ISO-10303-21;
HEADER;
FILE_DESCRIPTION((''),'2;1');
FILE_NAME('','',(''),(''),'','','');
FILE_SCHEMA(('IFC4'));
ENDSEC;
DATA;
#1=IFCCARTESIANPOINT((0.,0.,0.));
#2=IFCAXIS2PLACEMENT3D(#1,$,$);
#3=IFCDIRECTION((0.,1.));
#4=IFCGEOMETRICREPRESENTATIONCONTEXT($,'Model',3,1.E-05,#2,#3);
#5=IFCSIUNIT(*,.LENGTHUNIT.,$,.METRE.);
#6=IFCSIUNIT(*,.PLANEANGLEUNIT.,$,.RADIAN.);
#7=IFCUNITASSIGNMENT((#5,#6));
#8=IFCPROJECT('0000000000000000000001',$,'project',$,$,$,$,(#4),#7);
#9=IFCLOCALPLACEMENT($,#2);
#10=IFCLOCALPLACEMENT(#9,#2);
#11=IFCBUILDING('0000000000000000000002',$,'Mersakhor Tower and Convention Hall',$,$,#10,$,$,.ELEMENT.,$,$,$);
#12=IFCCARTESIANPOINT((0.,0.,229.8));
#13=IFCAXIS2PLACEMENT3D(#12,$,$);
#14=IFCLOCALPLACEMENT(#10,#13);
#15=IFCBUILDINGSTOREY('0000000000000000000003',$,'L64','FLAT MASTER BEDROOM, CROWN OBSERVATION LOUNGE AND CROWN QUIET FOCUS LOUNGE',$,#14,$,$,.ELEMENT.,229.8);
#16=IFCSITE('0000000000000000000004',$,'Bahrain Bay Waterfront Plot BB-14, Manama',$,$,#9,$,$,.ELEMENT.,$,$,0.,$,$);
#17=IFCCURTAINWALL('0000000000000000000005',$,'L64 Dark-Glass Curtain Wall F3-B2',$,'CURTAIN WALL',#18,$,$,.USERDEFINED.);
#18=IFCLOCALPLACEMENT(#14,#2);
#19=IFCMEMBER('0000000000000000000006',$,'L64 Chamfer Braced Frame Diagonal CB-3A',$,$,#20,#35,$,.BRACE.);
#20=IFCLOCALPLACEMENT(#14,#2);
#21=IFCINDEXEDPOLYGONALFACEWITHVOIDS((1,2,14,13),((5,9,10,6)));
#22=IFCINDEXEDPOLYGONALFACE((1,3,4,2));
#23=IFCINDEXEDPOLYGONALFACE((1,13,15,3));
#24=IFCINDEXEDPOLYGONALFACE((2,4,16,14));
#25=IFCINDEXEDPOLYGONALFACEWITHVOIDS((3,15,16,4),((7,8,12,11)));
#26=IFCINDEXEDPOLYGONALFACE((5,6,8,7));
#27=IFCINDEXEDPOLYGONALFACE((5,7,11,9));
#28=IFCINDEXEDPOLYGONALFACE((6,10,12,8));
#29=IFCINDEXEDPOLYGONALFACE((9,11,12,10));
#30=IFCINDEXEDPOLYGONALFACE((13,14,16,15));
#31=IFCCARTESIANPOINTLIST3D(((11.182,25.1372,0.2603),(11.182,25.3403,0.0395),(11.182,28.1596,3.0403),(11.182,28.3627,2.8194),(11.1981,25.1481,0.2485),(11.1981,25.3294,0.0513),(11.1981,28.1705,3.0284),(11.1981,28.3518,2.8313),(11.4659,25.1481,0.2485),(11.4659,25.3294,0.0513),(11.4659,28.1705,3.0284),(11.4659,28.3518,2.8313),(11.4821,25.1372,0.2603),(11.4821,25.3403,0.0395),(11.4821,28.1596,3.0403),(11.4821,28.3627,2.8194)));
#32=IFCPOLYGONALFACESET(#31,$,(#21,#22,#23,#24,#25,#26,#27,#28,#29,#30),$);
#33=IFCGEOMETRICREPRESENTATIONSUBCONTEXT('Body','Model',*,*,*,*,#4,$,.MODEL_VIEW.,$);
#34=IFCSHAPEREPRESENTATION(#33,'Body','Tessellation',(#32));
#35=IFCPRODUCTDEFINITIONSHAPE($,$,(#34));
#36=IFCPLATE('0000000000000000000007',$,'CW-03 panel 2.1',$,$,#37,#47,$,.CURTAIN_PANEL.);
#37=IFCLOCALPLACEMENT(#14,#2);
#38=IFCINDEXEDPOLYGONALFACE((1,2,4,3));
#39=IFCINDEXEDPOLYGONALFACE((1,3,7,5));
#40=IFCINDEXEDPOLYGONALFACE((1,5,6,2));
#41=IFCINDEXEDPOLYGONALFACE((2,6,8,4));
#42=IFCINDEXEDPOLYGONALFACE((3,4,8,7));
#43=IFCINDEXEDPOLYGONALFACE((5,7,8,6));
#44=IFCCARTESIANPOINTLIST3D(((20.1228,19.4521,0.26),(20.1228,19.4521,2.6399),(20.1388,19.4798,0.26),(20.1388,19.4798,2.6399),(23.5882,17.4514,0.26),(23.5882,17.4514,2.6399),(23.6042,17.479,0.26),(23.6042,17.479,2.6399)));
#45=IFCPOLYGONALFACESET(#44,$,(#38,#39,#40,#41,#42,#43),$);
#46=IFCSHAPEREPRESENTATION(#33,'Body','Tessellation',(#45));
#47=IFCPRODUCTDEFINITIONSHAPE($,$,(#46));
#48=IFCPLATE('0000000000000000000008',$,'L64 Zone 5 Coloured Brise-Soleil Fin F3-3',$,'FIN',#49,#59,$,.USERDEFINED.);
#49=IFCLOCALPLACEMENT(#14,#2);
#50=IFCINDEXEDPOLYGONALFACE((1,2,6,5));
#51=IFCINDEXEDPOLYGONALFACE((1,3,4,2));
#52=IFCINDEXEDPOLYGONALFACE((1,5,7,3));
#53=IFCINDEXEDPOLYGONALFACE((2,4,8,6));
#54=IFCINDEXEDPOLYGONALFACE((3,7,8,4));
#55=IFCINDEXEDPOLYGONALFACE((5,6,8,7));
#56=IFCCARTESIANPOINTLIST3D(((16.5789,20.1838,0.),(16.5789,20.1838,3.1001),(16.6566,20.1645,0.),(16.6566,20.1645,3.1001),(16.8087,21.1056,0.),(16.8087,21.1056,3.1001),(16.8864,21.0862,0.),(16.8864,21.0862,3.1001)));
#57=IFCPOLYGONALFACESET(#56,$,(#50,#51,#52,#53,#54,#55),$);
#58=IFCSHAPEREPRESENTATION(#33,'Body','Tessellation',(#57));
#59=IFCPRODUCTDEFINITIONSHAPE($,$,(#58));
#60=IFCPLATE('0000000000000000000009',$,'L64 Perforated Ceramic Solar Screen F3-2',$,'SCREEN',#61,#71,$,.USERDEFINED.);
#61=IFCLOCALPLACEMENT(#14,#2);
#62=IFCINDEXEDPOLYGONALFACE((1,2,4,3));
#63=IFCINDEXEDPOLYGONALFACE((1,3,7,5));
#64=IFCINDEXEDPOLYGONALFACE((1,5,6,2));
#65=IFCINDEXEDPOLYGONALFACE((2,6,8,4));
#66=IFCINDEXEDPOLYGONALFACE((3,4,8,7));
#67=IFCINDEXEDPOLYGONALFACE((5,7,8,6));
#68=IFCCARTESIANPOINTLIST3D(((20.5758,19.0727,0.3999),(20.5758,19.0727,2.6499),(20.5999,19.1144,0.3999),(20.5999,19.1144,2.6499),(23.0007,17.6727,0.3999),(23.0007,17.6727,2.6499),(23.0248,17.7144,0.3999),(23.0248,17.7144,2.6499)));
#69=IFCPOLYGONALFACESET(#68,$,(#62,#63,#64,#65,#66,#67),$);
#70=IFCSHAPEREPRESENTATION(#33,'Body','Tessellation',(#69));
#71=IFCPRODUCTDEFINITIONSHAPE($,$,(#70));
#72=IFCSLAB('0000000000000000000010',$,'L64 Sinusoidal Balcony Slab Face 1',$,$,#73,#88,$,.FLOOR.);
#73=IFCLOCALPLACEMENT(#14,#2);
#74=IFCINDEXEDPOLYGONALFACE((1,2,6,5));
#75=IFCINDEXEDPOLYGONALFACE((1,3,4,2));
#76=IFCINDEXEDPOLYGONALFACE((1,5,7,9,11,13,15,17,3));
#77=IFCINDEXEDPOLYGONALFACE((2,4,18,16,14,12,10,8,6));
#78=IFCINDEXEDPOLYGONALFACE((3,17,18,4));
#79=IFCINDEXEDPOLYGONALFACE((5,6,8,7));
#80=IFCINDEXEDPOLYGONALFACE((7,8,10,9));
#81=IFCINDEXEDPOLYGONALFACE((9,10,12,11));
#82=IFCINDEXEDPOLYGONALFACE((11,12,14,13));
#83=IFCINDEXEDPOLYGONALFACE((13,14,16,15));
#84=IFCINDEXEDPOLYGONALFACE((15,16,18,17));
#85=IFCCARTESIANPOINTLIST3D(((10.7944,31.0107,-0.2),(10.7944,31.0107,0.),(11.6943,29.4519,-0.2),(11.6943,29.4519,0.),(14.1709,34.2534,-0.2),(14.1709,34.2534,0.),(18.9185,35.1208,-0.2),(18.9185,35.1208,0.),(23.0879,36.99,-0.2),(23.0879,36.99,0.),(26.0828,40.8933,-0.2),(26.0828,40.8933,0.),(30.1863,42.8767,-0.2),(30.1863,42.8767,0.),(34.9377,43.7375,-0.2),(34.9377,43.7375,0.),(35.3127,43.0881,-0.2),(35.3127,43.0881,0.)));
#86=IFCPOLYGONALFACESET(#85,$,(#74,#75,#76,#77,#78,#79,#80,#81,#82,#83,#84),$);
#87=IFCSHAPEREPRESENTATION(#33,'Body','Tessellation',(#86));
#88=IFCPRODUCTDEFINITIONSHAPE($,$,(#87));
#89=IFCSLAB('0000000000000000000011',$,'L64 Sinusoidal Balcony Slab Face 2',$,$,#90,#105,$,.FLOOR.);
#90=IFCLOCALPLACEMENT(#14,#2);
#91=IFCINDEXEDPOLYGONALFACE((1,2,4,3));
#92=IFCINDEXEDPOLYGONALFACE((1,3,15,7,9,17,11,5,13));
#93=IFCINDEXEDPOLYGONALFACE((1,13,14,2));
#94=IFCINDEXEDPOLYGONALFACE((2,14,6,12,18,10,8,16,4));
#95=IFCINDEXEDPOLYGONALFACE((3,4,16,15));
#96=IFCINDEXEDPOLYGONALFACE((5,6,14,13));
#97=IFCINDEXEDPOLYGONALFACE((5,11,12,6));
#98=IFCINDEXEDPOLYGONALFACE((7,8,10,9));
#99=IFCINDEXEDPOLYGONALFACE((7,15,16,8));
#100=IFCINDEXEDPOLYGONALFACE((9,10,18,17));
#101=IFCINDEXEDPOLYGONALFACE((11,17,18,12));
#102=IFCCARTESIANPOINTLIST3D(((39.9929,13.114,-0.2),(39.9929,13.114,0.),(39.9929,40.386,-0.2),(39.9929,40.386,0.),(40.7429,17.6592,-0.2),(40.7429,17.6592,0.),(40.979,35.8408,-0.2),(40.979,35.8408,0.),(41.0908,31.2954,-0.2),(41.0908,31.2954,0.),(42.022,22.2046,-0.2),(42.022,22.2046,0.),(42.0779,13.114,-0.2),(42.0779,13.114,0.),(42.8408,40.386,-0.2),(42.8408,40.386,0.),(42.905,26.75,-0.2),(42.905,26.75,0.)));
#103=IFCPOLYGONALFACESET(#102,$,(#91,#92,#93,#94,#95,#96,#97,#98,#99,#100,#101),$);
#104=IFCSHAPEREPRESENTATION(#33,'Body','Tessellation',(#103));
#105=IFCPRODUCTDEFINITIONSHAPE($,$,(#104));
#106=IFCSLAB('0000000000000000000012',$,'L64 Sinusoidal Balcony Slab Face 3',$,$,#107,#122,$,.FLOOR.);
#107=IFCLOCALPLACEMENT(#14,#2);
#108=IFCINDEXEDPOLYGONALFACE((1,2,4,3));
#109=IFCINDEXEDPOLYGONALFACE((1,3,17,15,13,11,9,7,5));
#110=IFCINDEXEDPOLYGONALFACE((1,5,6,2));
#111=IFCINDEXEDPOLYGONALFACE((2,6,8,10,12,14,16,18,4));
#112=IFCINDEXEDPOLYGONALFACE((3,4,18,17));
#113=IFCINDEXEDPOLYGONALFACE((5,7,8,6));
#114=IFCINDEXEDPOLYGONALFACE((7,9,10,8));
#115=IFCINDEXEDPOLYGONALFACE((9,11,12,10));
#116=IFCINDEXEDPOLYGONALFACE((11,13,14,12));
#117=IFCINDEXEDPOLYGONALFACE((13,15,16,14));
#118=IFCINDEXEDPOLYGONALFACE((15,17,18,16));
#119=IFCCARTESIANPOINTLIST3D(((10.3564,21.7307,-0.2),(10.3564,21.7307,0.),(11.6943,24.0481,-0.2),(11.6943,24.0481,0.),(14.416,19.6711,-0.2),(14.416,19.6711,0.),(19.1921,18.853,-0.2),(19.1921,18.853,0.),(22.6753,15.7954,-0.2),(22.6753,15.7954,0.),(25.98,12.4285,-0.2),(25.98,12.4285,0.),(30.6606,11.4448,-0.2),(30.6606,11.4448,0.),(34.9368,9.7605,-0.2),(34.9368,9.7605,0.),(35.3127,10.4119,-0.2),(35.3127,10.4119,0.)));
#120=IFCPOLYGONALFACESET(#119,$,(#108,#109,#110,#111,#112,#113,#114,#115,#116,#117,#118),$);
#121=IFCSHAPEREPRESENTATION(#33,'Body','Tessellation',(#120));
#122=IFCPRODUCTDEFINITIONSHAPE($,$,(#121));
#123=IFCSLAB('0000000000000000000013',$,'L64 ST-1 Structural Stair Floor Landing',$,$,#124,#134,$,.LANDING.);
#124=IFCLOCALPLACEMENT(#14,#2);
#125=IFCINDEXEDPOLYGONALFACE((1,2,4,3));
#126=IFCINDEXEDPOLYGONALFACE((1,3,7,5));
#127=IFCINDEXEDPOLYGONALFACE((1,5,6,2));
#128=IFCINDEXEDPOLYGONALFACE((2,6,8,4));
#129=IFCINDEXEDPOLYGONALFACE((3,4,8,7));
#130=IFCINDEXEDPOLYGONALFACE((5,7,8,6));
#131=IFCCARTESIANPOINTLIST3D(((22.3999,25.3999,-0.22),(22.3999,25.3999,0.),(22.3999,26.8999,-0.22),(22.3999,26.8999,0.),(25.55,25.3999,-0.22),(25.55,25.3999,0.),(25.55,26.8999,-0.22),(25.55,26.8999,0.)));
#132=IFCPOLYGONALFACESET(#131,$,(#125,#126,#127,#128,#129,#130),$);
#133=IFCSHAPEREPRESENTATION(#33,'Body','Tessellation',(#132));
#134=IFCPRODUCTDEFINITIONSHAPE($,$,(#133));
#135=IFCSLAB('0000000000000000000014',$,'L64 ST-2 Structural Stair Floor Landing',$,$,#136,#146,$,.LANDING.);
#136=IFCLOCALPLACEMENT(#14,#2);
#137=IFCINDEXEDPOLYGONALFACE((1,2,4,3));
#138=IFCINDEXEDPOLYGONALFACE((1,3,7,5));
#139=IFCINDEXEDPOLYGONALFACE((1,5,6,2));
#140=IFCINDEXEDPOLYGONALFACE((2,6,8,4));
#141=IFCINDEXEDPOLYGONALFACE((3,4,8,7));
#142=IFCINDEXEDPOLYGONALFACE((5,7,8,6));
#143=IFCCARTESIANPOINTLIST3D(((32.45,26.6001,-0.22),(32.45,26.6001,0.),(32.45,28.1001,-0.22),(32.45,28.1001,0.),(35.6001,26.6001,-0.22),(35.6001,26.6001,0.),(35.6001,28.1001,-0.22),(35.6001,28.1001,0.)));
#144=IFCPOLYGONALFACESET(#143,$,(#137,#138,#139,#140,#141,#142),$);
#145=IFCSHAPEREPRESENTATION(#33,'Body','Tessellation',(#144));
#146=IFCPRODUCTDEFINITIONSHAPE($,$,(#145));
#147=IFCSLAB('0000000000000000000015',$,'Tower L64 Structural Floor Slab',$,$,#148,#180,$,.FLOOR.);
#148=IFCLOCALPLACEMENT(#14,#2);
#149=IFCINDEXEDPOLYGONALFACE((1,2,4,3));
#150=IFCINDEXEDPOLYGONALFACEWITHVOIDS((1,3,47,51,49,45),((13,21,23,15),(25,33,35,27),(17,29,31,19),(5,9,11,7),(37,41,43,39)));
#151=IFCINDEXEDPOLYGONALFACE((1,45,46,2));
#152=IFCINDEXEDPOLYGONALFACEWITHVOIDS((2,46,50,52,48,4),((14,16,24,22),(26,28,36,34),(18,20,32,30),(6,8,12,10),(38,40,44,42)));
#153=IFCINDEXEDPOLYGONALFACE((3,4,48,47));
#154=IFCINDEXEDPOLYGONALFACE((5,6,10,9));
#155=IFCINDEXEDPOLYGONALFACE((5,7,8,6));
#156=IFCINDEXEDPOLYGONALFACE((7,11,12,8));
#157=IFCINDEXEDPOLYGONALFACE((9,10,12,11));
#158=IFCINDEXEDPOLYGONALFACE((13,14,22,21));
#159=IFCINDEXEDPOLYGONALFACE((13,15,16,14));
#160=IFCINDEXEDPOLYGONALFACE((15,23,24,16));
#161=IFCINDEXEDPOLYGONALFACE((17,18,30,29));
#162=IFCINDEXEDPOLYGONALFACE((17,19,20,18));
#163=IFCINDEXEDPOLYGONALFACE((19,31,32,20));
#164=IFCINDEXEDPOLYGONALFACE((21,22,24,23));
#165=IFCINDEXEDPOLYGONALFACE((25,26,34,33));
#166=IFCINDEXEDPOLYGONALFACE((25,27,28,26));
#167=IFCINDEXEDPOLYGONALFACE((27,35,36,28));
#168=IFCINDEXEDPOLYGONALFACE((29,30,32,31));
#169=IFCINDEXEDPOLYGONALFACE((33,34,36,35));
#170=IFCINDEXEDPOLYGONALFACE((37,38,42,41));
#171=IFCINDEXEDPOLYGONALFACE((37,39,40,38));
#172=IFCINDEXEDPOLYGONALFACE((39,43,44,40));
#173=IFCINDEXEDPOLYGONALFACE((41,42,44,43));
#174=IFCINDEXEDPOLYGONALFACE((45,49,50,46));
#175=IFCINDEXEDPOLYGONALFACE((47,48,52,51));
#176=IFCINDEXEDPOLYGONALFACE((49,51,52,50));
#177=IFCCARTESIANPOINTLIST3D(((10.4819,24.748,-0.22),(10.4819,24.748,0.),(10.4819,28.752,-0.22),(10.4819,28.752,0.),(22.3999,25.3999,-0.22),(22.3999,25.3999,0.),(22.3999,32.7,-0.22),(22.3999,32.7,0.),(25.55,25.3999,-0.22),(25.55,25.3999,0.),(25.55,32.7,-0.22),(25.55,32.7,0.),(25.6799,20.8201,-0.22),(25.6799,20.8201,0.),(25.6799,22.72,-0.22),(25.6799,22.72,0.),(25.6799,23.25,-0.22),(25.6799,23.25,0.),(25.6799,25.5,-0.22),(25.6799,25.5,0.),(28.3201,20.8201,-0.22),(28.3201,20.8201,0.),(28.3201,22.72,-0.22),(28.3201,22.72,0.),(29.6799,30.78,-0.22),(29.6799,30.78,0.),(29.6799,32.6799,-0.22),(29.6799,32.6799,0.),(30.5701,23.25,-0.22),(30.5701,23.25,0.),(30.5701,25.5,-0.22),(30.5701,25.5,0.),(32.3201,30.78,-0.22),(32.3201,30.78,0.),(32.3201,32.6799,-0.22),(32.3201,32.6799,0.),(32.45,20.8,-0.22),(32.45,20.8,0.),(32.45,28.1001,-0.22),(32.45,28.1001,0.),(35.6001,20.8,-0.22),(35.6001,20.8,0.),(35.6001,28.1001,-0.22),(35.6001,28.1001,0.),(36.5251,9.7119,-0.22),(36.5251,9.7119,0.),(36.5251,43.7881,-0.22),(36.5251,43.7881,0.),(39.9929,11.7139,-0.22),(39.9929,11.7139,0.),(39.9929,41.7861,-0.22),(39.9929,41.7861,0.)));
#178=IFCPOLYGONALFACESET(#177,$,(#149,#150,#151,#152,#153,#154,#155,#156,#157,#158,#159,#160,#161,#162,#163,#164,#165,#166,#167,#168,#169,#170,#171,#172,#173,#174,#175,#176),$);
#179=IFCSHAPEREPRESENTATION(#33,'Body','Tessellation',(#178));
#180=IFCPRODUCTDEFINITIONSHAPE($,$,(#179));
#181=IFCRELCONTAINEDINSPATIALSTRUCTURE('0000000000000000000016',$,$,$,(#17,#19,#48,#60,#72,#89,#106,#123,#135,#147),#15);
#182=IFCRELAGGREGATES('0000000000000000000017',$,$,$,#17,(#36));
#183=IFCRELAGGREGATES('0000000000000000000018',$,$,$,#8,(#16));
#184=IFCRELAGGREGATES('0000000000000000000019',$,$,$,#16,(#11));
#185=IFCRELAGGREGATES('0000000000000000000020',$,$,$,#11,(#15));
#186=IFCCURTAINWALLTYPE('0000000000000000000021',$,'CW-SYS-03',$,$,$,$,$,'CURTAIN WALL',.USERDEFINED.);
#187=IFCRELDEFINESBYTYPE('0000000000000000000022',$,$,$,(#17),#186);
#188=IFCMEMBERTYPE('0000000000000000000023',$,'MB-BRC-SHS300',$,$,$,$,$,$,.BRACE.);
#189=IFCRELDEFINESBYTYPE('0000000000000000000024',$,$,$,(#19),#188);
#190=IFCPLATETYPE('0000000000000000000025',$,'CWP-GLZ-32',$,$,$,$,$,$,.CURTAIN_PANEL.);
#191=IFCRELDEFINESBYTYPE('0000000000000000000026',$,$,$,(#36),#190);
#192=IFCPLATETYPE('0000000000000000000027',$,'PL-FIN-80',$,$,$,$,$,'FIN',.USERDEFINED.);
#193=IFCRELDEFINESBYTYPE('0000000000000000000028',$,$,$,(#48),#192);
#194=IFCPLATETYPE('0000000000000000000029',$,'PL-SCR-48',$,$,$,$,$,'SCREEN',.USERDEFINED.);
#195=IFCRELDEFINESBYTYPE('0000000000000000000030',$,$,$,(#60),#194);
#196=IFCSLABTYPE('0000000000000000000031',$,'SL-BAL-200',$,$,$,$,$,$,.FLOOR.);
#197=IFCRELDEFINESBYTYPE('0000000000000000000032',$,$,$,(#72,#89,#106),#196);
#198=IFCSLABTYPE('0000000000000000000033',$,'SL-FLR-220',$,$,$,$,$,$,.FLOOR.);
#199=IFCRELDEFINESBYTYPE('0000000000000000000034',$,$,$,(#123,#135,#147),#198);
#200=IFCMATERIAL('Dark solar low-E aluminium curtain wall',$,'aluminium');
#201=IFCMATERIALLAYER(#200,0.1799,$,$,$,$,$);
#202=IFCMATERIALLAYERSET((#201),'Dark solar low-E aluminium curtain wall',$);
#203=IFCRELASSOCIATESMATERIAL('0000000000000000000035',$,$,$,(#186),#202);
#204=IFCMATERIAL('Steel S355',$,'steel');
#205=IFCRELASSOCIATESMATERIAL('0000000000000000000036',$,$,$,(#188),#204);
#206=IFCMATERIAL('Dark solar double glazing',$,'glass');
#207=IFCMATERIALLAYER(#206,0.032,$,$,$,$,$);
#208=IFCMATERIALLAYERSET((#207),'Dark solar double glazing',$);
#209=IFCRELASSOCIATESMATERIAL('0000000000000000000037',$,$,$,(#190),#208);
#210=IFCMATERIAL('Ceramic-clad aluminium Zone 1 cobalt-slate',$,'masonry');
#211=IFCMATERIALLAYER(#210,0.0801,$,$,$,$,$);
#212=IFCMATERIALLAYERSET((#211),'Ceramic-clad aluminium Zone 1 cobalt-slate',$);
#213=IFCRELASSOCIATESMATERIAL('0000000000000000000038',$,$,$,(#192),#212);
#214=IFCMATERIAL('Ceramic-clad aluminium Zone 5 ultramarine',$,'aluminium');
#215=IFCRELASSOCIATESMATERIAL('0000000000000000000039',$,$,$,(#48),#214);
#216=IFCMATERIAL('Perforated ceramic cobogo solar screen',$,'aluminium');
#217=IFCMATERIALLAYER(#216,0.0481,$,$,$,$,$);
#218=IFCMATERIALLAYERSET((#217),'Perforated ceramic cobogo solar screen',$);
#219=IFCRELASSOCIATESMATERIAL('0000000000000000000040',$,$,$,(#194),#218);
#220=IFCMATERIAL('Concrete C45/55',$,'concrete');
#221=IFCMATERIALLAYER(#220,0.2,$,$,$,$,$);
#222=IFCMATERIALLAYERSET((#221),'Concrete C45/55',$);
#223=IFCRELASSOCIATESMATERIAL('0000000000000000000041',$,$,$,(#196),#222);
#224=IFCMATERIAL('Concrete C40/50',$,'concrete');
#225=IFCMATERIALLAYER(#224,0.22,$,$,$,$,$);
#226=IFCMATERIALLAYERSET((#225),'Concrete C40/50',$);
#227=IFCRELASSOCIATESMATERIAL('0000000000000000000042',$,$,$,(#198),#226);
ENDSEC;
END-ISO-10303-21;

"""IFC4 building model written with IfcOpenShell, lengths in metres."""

from ifc_helpers import new_model, si_unit, direction, frame, origin, origin_2d, place, context, subcontext, project, spatial, polyline, rectangle, hollow_rectangle, outline, extrude, material, layer, layer_set, material_profile, profile_set, type_object, element, aggregate, save


model = new_model("IFC4")

# Units and contexts
model_context = context("Model", 3, precision=1e-05, world=origin(), true_north=direction((0.0, 1.0)))
body_context = subcontext(model_context, "Body", "Model", "MODEL_VIEW")
ifc_project = project(units=[si_unit("LENGTHUNIT", "METRE"), si_unit("PLANEANGLEUNIT", "RADIAN")], contexts=[model_context])

# Site, building, storey
site_placement = place(None, origin())
site = spatial("IfcSite", under=ifc_project, at=site_placement, Name="Bahrain Bay Waterfront Plot BB-14, Manama", CompositionType="ELEMENT", RefElevation=0.0)
building_placement = place(site_placement, origin())
building = spatial("IfcBuilding", under=site, at=building_placement, Name="Mersakhor Tower and Convention Hall", CompositionType="ELEMENT")
storey_placement = place(building_placement, frame((0.0, 0.0, 229.8)))
storey = spatial("IfcBuildingStorey", under=building, at=storey_placement, Name="L64", Description="FLAT MASTER BEDROOM, CROWN OBSERVATION LOUNGE AND CROWN QUIET FOCUS LOUNGE", CompositionType="ELEMENT", Elevation=229.8)

# Curtain wall
ifc_material_1 = material(Name="Dark solar low-E aluminium curtain wall", Category="aluminium")
ifc_layer_1 = layer(ifc_material_1, 0.1799)
ifc_layer_set_1 = layer_set([ifc_layer_1], Name="Dark solar low-E aluminium curtain wall")
curtain_wall_type = type_object("IfcCurtainWallType", Name="CW-SYS-03", ElementType="CURTAIN WALL", PredefinedType="USERDEFINED", material=ifc_layer_set_1)
curtain_wall_placement = place(storey_placement, origin())
curtain_wall = element("IfcCurtainWall", 1, at=curtain_wall_placement, inside=storey, type_object=curtain_wall_type, Name="L64 Dark-Glass Curtain Wall F3-B2", ObjectType="CURTAIN WALL", PredefinedType="USERDEFINED")

# Member
ifc_material_2 = material(Name="Steel S355", Category="steel")
ifc_material_profile_1 = material_profile(ifc_material_2, hollow_rectangle(XDim=0.3, YDim=0.3, WallThickness=0.0161, at=origin_2d()), Name="SHS 300x300x16")
ifc_profile_set_1 = profile_set([ifc_material_profile_1], Name="Steel S355")
member_type_1 = type_object("IfcMemberType", Name="MB-BRC-SHS300", PredefinedType="BRACE", material=ifc_profile_set_1)
member_1_placement = place(storey_placement, frame((11.332, 25.2388, 0.1499), z_axis=(0.0, 0.736008, 0.676973), x_axis=(-1.0, 0.0, 0.0)))
element("IfcMember", 2, at=member_1_placement, inside=storey, type_object=member_type_1, Name="L64 Chamfer Braced Frame Diagonal CB-3A", PredefinedType="BRACE", context=body_context, shape_type="SweptSolid", body=[
    extrude(hollow_rectangle(XDim=0.3, YDim=0.3, WallThickness=0.0161, at=origin_2d()), origin(), (0.0, 0.0, 1.0), 4.1064),
])

# Plate
ifc_material_3 = material(Name="Dark solar double glazing", Category="glass")
ifc_layer_2 = layer(ifc_material_3, 0.032)
ifc_layer_set_2 = layer_set([ifc_layer_2], Name="Dark solar double glazing")
plate_type_1 = type_object("IfcPlateType", Name="CWP-GLZ-32", PredefinedType="CURTAIN_PANEL", material=ifc_layer_set_2)
plate_1_placement = place(storey_placement, frame((21.8635, 18.4656, 0.26), z_axis=(0.0, 0.0, 1.0), x_axis=(-0.866023, 0.500004, 0.0)))
plate_1 = element("IfcPlate", 3, at=plate_1_placement, type_object=plate_type_1, Name="CW-03 panel 2.1", PredefinedType="CURTAIN_PANEL", context=body_context, shape_type="SweptSolid", body=[
    extrude(rectangle(XDim=4.0015, YDim=0.032, at=origin_2d()), origin(), (0.0, 0.0, 1.0), 2.3799),
])
aggregate(curtain_wall, [plate_1])

# Plates
ifc_material_4 = material(Name="Ceramic-clad aluminium Zone 5 ultramarine", Category="aluminium")
ifc_material_5 = material(Name="Ceramic-clad aluminium Zone 1 cobalt-slate", Category="masonry")
ifc_layer_3 = layer(ifc_material_5, 0.0801)
ifc_layer_set_3 = layer_set([ifc_layer_3], Name="Ceramic-clad aluminium Zone 1 cobalt-slate")
plate_type_2 = type_object("IfcPlateType", Name="PL-FIN-80", ElementType="FIN", PredefinedType="USERDEFINED", material=ifc_layer_set_3)
plate_2_placement = place(storey_placement, frame((16.7327, 20.635, 0.0), z_axis=(0.0, 0.0, 1.0), x_axis=(-0.241922, -0.970296, 0.0)))
element("IfcPlate", 4, at=plate_2_placement, inside=storey, type_object=plate_type_2, material=ifc_material_4, Name="L64 Zone 5 Coloured Brise-Soleil Fin F3-3", ObjectType="FIN", PredefinedType="USERDEFINED", context=body_context, shape_type="SweptSolid", body=[
    extrude(rectangle(XDim=0.95, YDim=0.0801, at=origin_2d()), origin(), (0.0, 0.0, 1.0), 3.1001),
])
ifc_material_6 = material(Name="Perforated ceramic cobogo solar screen", Category="aluminium")
ifc_layer_4 = layer(ifc_material_6, 0.0481)
ifc_layer_set_4 = layer_set([ifc_layer_4], Name="Perforated ceramic cobogo solar screen")
plate_type_3 = type_object("IfcPlateType", Name="PL-SCR-48", ElementType="SCREEN", PredefinedType="USERDEFINED", material=ifc_layer_set_4)
plate_3_placement = place(storey_placement, frame((21.8003, 18.3936, 0.3999), z_axis=(0.0, 0.0, 1.0), x_axis=(-0.866025, 0.5, 0.0)))
element("IfcPlate", 5, at=plate_3_placement, inside=storey, type_object=plate_type_3, Name="L64 Perforated Ceramic Solar Screen F3-2", ObjectType="SCREEN", PredefinedType="USERDEFINED", context=body_context, shape_type="SweptSolid", body=[
    extrude(rectangle(XDim=2.8, YDim=0.0481, at=origin_2d()), origin(), (0.0, 0.0, 1.0), 2.25),
])

# Slabs
ifc_material_7 = material(Name="Concrete C45/55", Category="concrete")
ifc_layer_5 = layer(ifc_material_7, 0.2)
ifc_layer_set_5 = layer_set([ifc_layer_5], Name="Concrete C45/55")
slab_type_1 = type_object("IfcSlabType", Name="SL-BAL-200", PredefinedType="FLOOR", material=ifc_layer_set_5)
slab_1_placement = place(storey_placement, frame((0.0, 0.0, -0.2)))
element("IfcSlab", 6, at=slab_1_placement, inside=storey, type_object=slab_type_1, Name="L64 Sinusoidal Balcony Slab Face 1", PredefinedType="FLOOR", context=body_context, shape_type="SweptSolid", body=[
    extrude(outline(polyline([(11.6943, 29.4519), (35.3127, 43.0881), (34.9377, 43.7375), (30.1863, 42.8767), (26.0828, 40.8933), (23.0879, 36.99), (18.9185, 35.1208), (14.1709, 34.2534), (10.7944, 31.0107), (11.6943, 29.4519)])), origin(), (0.0, 0.0, 1.0), 0.2),
])
slab_2_placement = place(storey_placement, frame((0.0, 0.0, -0.2)))
element("IfcSlab", 7, at=slab_2_placement, inside=storey, type_object=slab_type_1, Name="L64 Sinusoidal Balcony Slab Face 2", PredefinedType="FLOOR", context=body_context, shape_type="SweptSolid", body=[
    extrude(outline(polyline([(39.9929, 40.386), (39.9929, 13.114), (42.0779, 13.114), (40.7429, 17.6592), (42.022, 22.2046), (42.905, 26.75), (41.0908, 31.2954), (40.979, 35.8408), (42.8408, 40.386), (39.9929, 40.386)])), origin(), (0.0, 0.0, 1.0), 0.2),
])
slab_3_placement = place(storey_placement, frame((0.0, 0.0, -0.2)))
element("IfcSlab", 8, at=slab_3_placement, inside=storey, type_object=slab_type_1, Name="L64 Sinusoidal Balcony Slab Face 3", PredefinedType="FLOOR", context=body_context, shape_type="SweptSolid", body=[
    extrude(outline(polyline([(35.3127, 10.4119), (11.6943, 24.0481), (10.3564, 21.7307), (14.416, 19.6711), (19.1921, 18.853), (22.6753, 15.7954), (25.98, 12.4285), (30.6606, 11.4448), (34.9368, 9.7605), (35.3127, 10.4119)])), origin(), (0.0, 0.0, 1.0), 0.2),
])
ifc_material_8 = material(Name="Concrete C40/50", Category="concrete")
ifc_layer_6 = layer(ifc_material_8, 0.22)
ifc_layer_set_6 = layer_set([ifc_layer_6], Name="Concrete C40/50")
slab_type_2 = type_object("IfcSlabType", Name="SL-FLR-220", PredefinedType="FLOOR", material=ifc_layer_set_6)
slab_4_placement = place(storey_placement, frame((0.0, 0.0, -0.22)))
element("IfcSlab", 9, at=slab_4_placement, inside=storey, type_object=slab_type_2, Name="L64 ST-1 Structural Stair Floor Landing", PredefinedType="LANDING", context=body_context, shape_type="SweptSolid", body=[
    extrude(outline(polyline([(25.55, 25.3999), (25.55, 26.8999), (22.3999, 26.8999), (22.3999, 25.3999), (25.55, 25.3999)])), origin(), (0.0, 0.0, 1.0), 0.22),
])
slab_5_placement = place(storey_placement, frame((0.0, 0.0, -0.22)))
element("IfcSlab", 10, at=slab_5_placement, inside=storey, type_object=slab_type_2, Name="L64 ST-2 Structural Stair Floor Landing", PredefinedType="LANDING", context=body_context, shape_type="SweptSolid", body=[
    extrude(outline(polyline([(32.45, 28.1001), (32.45, 26.6001), (35.6001, 26.6001), (35.6001, 28.1001), (32.45, 28.1001)])), origin(), (0.0, 0.0, 1.0), 0.22),
])
slab_6_placement = place(storey_placement, frame((0.0, 0.0, -0.22)))
element("IfcSlab", 11, at=slab_6_placement, inside=storey, type_object=slab_type_2, Name="Tower L64 Structural Floor Slab", PredefinedType="FLOOR", context=body_context, shape_type="SweptSolid", body=[
    extrude(outline(polyline([(10.4819, 28.752), (36.5251, 43.7881), (39.9929, 41.7861), (39.9929, 11.7139), (36.5251, 9.7119), (10.4819, 24.748), (10.4819, 28.752)]), holes=[polyline([(25.55, 25.3999), (25.55, 32.7), (22.3999, 32.7), (22.3999, 25.3999), (25.55, 25.3999)]), polyline([(32.45, 28.1001), (32.45, 20.8), (35.6001, 20.8), (35.6001, 28.1001), (32.45, 28.1001)]), polyline([(25.6799, 20.8201), (25.6799, 22.72), (28.3201, 22.72), (28.3201, 20.8201), (25.6799, 20.8201)]), polyline([(29.6799, 30.78), (29.6799, 32.6799), (32.3201, 32.6799), (32.3201, 30.78), (29.6799, 30.78)]), polyline([(25.6799, 23.25), (25.6799, 25.5), (30.5701, 25.5), (30.5701, 23.25), (25.6799, 23.25)])]), origin(), (0.0, 0.0, 1.0), 0.22),
])

save(model, "model.ifc")
